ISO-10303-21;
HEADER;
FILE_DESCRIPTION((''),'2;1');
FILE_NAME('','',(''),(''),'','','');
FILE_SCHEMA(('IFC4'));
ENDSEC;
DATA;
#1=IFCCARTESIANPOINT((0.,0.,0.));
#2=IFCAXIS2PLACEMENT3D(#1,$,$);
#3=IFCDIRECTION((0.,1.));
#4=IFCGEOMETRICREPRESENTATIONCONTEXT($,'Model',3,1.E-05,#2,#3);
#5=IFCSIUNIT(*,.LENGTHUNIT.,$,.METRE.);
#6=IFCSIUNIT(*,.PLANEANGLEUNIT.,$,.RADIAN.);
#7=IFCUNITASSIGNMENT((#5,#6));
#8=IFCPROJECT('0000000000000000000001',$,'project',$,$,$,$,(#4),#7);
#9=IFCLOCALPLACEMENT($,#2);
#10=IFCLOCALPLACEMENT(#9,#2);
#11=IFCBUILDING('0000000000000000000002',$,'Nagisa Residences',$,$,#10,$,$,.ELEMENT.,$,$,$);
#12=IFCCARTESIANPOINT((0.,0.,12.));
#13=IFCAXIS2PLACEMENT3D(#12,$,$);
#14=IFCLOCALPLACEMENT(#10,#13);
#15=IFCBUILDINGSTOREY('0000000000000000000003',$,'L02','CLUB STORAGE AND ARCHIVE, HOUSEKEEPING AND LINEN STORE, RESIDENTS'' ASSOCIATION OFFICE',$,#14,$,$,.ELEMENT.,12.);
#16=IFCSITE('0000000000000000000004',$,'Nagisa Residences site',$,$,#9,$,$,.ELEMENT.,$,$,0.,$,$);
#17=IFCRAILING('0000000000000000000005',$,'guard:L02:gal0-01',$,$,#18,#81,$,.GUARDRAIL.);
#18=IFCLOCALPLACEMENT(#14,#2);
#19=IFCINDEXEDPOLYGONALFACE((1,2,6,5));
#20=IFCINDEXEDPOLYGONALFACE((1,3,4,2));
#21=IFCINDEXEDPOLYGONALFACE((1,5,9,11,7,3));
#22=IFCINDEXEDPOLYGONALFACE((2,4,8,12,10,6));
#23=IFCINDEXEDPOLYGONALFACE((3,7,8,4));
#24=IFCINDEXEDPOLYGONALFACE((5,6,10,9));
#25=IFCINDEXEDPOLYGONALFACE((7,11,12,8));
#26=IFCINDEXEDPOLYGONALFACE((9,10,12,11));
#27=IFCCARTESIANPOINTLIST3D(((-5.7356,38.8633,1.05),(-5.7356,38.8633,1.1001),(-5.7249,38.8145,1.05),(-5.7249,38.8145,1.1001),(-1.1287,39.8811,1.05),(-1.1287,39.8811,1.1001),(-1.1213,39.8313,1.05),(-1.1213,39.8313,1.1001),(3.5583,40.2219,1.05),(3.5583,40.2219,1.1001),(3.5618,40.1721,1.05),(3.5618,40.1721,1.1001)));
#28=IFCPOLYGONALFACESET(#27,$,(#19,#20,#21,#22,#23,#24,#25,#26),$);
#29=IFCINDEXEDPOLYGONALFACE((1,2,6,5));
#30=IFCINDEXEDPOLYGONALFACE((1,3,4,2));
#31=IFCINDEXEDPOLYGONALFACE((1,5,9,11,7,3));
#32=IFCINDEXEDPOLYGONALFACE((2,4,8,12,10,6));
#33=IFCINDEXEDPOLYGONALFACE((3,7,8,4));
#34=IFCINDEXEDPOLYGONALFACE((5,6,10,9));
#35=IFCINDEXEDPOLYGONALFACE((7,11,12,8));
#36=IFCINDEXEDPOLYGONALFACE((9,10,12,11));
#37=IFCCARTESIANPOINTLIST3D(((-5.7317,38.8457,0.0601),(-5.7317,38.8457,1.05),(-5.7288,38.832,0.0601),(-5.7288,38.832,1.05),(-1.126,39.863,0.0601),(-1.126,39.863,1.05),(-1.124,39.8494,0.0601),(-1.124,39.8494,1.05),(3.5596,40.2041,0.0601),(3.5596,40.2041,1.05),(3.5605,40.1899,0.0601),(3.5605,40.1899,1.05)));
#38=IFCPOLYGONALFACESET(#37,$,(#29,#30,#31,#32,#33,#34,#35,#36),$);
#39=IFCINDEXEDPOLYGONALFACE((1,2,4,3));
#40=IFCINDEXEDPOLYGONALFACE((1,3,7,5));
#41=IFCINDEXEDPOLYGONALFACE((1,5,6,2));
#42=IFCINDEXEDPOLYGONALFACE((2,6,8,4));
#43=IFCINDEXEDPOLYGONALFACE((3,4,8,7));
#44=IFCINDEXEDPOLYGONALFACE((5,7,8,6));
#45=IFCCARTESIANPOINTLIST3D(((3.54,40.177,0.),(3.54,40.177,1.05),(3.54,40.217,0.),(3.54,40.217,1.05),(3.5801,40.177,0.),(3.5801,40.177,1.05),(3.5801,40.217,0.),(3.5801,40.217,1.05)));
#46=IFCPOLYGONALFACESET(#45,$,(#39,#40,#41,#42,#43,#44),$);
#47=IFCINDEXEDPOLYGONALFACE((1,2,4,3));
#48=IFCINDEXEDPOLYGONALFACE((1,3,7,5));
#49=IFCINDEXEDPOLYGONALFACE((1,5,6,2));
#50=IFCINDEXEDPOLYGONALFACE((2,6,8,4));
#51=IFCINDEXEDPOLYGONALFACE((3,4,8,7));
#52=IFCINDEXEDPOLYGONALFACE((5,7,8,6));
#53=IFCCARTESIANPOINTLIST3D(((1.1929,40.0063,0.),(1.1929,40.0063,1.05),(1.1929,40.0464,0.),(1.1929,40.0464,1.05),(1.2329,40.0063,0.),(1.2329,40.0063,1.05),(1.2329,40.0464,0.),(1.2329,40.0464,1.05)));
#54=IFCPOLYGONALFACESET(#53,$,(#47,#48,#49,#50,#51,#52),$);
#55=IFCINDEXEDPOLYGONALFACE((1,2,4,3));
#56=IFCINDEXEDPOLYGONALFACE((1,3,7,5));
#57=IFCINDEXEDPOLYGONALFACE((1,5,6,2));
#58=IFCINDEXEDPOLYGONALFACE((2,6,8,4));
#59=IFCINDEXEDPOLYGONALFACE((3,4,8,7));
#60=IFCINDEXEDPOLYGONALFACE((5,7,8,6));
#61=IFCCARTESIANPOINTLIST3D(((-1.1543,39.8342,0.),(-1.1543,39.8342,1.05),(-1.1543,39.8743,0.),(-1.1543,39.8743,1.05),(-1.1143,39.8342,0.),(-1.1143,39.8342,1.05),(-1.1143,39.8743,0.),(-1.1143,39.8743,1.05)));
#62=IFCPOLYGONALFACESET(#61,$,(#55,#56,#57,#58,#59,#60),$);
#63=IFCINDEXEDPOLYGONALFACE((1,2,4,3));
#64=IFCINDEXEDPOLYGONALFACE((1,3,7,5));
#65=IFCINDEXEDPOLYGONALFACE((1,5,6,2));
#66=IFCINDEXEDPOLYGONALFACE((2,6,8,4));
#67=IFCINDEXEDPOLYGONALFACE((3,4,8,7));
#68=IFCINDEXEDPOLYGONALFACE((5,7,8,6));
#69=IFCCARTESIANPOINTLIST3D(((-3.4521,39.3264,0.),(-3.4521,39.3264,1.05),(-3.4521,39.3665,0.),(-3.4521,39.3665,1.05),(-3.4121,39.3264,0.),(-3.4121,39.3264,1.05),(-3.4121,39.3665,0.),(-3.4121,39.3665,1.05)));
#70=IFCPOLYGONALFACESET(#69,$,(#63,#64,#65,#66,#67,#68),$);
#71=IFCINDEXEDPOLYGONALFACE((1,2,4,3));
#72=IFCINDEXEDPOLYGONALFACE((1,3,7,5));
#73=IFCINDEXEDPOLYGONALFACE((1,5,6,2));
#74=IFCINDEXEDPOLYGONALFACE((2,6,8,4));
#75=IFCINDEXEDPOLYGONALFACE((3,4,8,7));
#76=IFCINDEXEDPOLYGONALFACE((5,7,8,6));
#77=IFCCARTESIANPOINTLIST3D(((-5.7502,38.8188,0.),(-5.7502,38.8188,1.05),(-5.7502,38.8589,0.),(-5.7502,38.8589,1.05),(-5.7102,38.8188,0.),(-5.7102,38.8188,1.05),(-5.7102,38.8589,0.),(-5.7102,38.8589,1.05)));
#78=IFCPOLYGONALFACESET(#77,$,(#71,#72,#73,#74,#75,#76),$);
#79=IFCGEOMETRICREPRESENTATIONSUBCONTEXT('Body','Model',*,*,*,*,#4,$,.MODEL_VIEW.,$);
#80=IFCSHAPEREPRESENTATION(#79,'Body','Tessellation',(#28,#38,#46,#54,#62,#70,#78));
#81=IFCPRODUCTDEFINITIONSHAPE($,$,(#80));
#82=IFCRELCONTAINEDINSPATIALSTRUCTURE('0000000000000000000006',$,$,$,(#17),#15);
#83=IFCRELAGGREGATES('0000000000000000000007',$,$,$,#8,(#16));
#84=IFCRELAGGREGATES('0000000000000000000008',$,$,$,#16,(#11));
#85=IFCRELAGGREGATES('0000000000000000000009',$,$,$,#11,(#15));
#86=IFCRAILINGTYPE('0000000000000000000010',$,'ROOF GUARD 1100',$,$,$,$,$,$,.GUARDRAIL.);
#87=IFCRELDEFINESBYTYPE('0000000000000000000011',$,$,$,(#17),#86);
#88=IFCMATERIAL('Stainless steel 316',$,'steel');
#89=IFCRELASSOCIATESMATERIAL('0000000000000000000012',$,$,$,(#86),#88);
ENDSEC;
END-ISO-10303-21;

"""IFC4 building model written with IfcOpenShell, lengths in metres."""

from ifc_helpers import new_model, si_unit, direction, frame, origin, origin_2d, place, context, subcontext, project, spatial, polyline, rectangle, outline, extrude, material, type_object, element, save


model = new_model("IFC4")

# Units and contexts
model_context = context("Model", 3, precision=1e-05, world=origin(), true_north=direction((0.0, 1.0)))
body_context = subcontext(model_context, "Body", "Model", "MODEL_VIEW")
ifc_project = project(units=[si_unit("LENGTHUNIT", "METRE"), si_unit("PLANEANGLEUNIT", "RADIAN")], contexts=[model_context])

# Site, building, storey
site_placement = place(None, origin())
site = spatial("IfcSite", under=ifc_project, at=site_placement, Name="Nagisa Residences site", CompositionType="ELEMENT", RefElevation=0.0)
building_placement = place(site_placement, origin())
building = spatial("IfcBuilding", under=site, at=building_placement, Name="Nagisa Residences", CompositionType="ELEMENT")
storey_placement = place(building_placement, frame((0.0, 0.0, 12.0)))
storey = spatial("IfcBuildingStorey", under=building, at=storey_placement, Name="L02", Description="CLUB STORAGE AND ARCHIVE, HOUSEKEEPING AND LINEN STORE, RESIDENTS' ASSOCIATION OFFICE", CompositionType="ELEMENT", Elevation=12.0)

# Railing
ifc_material_1 = material(Name="Stainless steel 316", Category="steel")
railing_type = type_object("IfcRailingType", Name="ROOF GUARD 1100", PredefinedType="GUARDRAIL", material=ifc_material_1)
railing_1_placement = place(storey_placement, frame((3.5601, 40.197, 0.0)))
element("IfcRailing", 1, at=railing_1_placement, inside=storey, type_object=railing_type, Name="guard:L02:gal0-01", PredefinedType="GUARDRAIL", context=body_context, shape_type="SweptSolid", body=[
    extrude(outline(polyline([(-4.6814, -0.3657), (0.0017, -0.0249), (-0.0017, 0.0249), (-4.6887, -0.3159), (-9.2957, -1.3337), (-9.2849, -1.3826), (-4.6814, -0.3657)])), frame((0.0, 0.0, 1.05)), (0.0, 0.0, 1.0), 0.05),
    extrude(outline(polyline([(-4.6841, -0.3477), (0.0005, -0.0071), (-0.0005, 0.0071), (-4.686, -0.334), (-9.2917, -1.3513), (-9.2888, -1.365), (-4.6841, -0.3477)])), frame((0.0, 0.0, 0.0601)), (0.0, 0.0, 1.0), 0.99),
    extrude(rectangle(XDim=0.04, YDim=0.04, at=origin_2d()), origin(), (0.0, 0.0, 1.0), 1.05),
    extrude(rectangle(XDim=0.04, YDim=0.04, at=origin_2d()), frame((-2.3472, -0.1707, 0.0)), (0.0, 0.0, 1.0), 1.05),
    extrude(rectangle(XDim=0.04, YDim=0.04, at=origin_2d()), frame((-4.6943, -0.3428, 0.0)), (0.0, 0.0, 1.0), 1.05),
    extrude(rectangle(XDim=0.04, YDim=0.04, at=origin_2d()), frame((-6.9922, -0.8506, 0.0)), (0.0, 0.0, 1.0), 1.05),
    extrude(rectangle(XDim=0.04, YDim=0.04, at=origin_2d()), frame((-9.2903, -1.3582, 0.0)), (0.0, 0.0, 1.0), 1.05),
])

save(model, "model.ifc")
